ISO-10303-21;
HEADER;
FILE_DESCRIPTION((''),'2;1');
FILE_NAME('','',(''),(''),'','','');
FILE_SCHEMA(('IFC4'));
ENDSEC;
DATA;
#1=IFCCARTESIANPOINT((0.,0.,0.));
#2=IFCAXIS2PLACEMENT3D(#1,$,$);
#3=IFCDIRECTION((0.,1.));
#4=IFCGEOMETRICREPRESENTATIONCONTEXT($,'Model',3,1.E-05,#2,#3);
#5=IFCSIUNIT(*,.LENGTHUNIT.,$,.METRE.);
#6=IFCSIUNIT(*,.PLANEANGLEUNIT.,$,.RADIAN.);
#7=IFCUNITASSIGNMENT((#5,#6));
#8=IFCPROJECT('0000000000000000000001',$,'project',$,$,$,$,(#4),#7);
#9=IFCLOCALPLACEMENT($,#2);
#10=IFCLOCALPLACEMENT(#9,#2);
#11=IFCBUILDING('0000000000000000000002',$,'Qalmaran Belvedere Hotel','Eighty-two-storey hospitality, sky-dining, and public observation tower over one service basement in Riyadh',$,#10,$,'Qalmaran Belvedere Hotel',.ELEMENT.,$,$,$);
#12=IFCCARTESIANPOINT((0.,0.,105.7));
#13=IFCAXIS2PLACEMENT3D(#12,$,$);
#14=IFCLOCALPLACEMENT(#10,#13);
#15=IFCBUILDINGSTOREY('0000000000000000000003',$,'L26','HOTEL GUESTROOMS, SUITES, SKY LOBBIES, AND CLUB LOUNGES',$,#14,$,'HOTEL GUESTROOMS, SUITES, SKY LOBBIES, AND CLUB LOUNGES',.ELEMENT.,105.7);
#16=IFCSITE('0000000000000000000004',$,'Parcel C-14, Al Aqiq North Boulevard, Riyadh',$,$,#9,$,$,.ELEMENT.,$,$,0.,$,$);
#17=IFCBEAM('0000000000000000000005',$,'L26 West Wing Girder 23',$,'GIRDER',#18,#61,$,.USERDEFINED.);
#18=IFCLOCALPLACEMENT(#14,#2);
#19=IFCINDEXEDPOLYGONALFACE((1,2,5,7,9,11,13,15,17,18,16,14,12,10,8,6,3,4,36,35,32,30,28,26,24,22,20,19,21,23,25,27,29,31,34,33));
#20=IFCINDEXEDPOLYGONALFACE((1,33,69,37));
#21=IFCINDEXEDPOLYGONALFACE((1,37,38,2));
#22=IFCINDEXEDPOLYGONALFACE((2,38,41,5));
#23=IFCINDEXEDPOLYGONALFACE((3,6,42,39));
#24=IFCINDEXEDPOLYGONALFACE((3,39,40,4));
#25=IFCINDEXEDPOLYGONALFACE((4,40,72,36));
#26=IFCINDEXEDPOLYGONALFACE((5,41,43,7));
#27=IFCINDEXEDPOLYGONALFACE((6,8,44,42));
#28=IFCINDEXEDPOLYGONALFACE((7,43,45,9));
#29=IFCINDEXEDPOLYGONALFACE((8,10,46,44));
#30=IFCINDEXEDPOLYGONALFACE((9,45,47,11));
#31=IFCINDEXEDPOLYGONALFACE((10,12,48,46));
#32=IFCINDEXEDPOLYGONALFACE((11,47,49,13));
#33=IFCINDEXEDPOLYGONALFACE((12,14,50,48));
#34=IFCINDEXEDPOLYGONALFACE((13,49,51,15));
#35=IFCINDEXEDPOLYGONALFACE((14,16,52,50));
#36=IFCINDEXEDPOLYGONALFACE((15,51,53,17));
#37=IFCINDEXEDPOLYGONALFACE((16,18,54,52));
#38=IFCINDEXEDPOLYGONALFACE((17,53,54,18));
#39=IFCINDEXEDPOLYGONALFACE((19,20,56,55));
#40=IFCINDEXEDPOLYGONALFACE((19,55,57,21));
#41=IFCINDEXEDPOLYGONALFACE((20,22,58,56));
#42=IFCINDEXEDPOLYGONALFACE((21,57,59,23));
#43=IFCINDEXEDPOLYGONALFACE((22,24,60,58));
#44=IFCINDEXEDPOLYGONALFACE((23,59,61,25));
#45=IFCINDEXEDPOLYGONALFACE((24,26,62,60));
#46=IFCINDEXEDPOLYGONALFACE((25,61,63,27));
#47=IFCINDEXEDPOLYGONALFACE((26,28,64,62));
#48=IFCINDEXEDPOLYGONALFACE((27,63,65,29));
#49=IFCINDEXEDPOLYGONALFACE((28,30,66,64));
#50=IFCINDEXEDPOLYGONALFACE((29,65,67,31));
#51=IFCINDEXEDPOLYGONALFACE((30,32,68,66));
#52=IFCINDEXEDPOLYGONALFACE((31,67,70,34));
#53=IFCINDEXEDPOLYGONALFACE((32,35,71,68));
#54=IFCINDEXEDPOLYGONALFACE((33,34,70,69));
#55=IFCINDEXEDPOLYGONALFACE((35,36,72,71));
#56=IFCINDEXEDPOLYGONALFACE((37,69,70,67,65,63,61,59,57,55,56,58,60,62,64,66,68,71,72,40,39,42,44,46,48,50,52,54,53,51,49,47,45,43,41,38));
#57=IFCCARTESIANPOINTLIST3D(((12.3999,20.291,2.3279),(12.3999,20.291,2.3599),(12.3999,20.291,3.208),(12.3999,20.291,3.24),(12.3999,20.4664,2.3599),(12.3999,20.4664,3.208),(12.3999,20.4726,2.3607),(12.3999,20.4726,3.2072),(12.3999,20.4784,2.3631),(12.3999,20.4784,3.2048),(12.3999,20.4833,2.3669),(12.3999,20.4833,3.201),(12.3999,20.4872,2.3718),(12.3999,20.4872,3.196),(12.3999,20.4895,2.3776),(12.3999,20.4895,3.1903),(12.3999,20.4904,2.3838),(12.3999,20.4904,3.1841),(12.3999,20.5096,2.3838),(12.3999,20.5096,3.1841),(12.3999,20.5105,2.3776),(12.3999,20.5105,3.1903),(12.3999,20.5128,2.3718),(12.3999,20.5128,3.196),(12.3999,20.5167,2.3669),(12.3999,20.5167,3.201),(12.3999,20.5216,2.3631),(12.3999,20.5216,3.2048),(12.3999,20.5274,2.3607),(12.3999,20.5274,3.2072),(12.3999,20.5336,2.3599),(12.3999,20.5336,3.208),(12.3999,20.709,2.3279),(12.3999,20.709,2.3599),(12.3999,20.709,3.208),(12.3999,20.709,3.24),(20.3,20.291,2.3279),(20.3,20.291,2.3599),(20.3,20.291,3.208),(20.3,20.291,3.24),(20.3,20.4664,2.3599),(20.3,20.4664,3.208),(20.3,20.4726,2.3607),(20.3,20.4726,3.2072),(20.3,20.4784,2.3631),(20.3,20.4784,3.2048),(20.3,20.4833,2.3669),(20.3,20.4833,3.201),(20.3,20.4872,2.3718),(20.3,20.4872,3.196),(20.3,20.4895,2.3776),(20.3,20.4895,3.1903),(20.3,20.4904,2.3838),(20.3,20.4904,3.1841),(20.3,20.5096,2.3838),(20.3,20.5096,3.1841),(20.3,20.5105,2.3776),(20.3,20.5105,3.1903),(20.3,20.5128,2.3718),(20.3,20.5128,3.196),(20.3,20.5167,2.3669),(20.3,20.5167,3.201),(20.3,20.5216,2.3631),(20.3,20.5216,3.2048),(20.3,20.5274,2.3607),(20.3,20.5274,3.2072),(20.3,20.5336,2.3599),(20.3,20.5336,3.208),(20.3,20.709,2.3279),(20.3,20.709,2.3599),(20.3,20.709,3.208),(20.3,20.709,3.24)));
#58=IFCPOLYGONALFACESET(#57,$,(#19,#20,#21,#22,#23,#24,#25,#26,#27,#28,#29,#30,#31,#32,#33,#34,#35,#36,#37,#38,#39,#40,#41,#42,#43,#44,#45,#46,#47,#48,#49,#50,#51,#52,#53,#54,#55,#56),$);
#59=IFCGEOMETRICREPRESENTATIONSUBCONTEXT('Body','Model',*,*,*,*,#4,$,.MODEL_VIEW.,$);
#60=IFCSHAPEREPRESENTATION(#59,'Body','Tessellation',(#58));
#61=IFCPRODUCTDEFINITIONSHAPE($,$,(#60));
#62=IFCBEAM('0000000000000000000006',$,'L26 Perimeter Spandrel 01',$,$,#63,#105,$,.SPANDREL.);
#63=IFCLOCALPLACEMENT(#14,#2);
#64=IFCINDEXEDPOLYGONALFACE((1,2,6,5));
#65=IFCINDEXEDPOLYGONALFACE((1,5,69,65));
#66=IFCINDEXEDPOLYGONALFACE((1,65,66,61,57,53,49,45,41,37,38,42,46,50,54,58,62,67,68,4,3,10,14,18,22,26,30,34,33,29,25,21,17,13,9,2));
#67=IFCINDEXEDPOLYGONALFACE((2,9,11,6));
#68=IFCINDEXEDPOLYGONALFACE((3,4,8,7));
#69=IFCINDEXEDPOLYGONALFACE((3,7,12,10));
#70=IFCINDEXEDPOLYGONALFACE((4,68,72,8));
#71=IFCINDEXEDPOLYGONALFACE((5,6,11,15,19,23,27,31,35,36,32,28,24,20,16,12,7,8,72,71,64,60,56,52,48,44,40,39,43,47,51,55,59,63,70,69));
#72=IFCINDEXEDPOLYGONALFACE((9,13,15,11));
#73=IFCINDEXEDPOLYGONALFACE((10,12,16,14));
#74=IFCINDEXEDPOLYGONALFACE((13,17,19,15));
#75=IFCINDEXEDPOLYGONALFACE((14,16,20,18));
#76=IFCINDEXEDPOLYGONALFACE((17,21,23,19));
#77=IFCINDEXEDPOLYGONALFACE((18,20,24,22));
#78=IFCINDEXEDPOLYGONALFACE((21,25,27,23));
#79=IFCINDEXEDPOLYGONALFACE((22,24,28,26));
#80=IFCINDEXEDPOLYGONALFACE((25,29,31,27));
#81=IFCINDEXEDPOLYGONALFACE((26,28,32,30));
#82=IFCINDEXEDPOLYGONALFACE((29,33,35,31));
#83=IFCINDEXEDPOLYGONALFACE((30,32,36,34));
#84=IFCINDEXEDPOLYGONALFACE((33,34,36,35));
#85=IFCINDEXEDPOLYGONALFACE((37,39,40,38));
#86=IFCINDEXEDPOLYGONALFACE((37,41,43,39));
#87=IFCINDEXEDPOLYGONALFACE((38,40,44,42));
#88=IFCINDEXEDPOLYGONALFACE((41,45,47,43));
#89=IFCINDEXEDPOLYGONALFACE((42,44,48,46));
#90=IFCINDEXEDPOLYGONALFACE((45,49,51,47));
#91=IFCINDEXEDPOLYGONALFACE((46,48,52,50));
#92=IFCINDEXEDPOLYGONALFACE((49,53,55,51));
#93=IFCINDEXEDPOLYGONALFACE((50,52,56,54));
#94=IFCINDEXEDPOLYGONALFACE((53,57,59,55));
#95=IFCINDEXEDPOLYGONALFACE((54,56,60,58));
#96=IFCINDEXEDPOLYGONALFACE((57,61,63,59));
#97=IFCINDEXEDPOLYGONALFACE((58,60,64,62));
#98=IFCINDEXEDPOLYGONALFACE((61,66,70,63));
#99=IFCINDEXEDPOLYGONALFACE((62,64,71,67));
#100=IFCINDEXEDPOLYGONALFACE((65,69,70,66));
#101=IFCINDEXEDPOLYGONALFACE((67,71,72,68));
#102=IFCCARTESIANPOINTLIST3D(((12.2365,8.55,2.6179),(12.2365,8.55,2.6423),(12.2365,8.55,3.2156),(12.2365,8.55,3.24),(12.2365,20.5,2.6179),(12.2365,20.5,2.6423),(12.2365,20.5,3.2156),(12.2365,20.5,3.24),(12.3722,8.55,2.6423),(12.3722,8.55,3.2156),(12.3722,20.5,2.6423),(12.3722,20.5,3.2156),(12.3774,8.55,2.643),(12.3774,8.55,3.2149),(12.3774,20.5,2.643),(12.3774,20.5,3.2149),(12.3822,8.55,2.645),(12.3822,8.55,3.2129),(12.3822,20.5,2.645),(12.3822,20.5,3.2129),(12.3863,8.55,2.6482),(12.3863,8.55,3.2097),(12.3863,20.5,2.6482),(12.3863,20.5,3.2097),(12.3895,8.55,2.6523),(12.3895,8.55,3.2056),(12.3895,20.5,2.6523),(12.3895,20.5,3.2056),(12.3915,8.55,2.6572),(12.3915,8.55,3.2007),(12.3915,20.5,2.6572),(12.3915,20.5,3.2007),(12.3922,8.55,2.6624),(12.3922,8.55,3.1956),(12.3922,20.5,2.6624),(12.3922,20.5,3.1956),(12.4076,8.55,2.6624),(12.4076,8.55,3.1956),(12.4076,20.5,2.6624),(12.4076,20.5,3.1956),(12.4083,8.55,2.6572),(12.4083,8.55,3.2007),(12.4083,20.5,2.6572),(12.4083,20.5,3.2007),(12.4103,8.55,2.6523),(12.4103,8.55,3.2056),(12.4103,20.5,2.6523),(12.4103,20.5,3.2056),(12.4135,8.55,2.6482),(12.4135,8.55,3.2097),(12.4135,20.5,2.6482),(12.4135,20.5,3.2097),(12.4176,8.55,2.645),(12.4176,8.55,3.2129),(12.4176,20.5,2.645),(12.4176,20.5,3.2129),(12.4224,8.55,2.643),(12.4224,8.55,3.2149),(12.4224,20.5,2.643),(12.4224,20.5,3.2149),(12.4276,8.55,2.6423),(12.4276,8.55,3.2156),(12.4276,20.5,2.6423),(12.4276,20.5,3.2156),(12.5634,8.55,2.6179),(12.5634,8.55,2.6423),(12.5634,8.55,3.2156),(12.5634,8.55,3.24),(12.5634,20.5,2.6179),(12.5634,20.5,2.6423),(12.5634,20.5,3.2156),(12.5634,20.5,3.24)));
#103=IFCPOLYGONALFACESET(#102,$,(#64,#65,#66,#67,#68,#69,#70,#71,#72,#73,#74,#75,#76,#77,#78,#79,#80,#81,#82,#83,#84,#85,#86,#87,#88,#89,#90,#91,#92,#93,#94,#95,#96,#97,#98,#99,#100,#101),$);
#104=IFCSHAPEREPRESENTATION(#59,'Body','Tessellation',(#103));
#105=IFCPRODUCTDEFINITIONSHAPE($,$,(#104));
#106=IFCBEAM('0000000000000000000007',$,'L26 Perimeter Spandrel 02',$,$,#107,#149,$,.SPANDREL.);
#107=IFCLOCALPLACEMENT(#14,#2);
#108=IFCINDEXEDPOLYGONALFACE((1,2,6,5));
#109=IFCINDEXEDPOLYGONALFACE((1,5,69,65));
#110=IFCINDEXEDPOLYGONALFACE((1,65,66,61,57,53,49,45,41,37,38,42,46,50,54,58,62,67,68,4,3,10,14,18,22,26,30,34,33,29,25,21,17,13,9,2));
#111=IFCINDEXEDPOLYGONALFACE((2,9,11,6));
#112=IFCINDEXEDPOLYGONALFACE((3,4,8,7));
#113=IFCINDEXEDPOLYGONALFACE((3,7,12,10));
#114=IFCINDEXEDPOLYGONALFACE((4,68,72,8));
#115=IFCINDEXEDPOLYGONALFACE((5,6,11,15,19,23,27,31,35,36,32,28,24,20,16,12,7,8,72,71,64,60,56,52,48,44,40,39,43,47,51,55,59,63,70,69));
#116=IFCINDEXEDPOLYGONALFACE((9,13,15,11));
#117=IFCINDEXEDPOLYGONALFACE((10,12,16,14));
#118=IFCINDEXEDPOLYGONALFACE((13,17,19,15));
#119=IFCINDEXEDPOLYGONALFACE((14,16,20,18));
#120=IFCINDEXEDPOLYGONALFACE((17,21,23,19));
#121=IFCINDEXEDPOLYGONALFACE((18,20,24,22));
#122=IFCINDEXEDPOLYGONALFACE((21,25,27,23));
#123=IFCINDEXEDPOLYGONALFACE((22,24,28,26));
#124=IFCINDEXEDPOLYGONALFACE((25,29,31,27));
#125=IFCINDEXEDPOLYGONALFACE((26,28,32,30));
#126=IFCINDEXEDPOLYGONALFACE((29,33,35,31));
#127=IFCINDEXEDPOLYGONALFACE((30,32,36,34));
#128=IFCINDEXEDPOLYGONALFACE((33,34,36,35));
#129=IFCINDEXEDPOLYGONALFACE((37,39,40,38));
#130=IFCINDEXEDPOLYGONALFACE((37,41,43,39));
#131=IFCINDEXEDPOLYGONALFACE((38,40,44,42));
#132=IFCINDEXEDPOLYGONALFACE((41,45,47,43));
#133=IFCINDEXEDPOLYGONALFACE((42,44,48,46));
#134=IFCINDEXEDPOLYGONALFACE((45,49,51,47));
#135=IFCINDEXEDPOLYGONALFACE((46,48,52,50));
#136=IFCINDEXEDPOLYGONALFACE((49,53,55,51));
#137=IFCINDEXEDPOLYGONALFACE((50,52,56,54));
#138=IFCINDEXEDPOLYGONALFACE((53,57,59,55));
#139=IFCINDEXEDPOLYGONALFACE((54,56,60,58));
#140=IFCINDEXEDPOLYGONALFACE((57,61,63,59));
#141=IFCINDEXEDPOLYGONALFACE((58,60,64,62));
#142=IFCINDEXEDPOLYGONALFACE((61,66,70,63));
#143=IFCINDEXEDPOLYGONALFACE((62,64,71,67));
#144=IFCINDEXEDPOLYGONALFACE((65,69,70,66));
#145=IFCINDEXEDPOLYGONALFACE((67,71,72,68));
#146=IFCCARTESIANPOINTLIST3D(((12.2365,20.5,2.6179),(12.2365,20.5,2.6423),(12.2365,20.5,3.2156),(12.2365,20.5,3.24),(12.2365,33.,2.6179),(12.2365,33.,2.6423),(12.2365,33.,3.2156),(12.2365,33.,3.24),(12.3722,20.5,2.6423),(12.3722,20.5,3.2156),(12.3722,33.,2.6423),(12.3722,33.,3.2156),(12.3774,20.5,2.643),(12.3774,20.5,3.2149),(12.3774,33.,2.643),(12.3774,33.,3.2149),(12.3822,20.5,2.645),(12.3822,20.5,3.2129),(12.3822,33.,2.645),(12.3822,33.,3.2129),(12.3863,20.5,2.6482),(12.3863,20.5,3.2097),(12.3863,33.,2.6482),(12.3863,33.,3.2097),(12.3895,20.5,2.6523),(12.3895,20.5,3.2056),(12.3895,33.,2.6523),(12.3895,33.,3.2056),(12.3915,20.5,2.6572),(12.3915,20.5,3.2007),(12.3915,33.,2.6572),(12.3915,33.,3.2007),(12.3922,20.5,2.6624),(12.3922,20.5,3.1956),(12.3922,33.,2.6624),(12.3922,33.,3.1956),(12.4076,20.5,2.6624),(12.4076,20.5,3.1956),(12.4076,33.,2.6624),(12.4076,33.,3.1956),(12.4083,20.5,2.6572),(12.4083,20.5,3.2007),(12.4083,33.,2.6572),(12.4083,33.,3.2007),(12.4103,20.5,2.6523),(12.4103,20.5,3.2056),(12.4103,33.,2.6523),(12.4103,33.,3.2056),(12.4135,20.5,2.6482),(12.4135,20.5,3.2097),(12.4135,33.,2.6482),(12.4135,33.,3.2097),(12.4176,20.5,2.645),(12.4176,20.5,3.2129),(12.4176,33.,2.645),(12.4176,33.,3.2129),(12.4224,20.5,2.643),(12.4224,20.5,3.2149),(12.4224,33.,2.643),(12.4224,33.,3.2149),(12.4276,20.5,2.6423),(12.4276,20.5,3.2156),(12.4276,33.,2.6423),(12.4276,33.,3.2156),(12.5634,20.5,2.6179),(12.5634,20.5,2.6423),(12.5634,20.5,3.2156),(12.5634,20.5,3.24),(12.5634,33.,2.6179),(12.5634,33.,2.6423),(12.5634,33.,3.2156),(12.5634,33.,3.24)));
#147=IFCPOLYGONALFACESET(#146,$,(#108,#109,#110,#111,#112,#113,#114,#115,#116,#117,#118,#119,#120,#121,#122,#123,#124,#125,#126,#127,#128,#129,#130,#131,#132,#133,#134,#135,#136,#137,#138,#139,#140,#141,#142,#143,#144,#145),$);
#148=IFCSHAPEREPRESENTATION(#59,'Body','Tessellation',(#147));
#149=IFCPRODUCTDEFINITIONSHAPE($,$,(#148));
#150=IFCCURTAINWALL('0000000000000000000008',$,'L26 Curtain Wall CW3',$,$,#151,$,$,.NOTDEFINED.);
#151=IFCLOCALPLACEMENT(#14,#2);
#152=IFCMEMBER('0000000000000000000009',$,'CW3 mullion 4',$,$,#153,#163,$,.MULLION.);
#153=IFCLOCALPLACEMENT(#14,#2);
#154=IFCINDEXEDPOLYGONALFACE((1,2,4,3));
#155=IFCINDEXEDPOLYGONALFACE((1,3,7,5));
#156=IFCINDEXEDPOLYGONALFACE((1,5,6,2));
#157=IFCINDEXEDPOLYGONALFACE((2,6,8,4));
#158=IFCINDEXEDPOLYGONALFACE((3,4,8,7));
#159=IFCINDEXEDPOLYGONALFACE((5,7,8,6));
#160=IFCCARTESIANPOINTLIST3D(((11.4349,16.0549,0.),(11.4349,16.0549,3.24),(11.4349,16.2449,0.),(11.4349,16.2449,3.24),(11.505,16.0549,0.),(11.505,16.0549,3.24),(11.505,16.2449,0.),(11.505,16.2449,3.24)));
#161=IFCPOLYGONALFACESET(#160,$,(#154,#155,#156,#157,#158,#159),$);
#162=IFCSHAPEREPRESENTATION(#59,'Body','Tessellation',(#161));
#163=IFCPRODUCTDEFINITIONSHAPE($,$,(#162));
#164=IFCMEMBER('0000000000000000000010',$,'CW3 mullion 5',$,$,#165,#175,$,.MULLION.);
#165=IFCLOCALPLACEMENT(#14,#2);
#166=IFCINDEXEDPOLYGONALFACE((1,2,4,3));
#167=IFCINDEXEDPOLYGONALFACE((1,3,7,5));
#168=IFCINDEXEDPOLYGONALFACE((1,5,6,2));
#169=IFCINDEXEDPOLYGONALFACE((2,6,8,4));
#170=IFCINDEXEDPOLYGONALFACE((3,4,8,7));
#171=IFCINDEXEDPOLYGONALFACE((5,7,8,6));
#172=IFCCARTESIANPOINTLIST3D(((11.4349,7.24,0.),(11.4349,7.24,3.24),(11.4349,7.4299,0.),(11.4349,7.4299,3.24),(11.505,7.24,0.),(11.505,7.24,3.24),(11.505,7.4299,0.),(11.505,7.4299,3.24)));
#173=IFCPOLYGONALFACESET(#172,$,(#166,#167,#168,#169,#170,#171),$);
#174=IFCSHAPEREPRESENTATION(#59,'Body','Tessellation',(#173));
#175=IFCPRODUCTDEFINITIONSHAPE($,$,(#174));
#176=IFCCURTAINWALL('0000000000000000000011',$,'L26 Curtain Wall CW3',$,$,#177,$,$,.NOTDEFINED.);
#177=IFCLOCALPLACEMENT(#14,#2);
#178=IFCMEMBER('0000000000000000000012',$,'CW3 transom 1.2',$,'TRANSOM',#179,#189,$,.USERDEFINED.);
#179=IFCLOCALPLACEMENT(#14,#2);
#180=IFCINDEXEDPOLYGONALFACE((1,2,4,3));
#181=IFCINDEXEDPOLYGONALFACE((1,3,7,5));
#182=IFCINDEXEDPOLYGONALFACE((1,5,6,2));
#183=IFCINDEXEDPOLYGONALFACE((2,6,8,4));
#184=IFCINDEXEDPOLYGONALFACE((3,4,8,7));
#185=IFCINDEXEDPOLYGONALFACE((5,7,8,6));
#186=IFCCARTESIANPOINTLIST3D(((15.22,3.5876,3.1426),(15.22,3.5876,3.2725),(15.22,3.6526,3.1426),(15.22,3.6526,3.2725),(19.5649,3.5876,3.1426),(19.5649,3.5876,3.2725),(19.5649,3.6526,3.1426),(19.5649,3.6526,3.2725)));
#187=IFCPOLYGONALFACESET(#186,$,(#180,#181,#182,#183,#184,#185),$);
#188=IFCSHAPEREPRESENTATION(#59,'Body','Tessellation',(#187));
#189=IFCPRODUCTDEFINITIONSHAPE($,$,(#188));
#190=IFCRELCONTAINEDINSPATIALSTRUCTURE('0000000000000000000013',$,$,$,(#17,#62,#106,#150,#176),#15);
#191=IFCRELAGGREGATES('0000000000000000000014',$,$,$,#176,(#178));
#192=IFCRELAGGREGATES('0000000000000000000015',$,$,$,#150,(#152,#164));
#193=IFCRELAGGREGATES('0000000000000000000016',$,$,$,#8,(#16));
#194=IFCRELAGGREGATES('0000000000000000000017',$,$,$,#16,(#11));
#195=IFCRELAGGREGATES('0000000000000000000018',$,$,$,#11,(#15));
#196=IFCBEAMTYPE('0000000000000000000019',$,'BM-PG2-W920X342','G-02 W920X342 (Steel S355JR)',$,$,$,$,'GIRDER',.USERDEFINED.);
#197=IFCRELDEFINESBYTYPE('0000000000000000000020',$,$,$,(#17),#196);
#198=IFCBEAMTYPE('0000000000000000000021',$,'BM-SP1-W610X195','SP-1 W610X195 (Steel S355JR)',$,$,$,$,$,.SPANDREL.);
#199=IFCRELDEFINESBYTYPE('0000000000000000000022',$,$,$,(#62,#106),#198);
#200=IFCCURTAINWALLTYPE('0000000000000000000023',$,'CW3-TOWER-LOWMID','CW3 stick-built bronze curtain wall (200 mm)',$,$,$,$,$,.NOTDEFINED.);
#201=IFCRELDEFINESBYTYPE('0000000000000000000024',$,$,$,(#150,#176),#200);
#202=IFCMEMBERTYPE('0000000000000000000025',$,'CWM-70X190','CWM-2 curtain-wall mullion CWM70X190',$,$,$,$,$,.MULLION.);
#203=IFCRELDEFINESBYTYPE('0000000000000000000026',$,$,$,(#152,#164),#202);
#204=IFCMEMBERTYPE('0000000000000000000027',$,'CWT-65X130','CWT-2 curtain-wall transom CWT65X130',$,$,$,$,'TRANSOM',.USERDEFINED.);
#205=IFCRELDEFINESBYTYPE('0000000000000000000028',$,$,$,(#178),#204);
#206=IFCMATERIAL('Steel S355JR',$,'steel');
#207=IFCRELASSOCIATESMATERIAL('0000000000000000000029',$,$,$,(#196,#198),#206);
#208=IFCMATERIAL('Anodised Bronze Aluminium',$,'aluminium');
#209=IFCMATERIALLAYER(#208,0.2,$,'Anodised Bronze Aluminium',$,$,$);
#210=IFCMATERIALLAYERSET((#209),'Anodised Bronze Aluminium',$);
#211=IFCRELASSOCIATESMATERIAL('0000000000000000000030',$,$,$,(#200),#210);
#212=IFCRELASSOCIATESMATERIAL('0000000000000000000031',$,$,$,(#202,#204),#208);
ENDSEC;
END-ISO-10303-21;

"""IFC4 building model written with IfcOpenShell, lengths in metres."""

from ifc_helpers import new_model, si_unit, direction, frame, origin, origin_2d, place, context, subcontext, project, spatial, rectangle, i_section, extrude, material, layer, layer_set, material_profile, profile_set, type_object, element, aggregate, save


model = new_model("IFC4")

# Units and contexts
model_context = context("Model", 3, precision=1e-05, world=origin(), true_north=direction((0.0, 1.0)))
body_context = subcontext(model_context, "Body", "Model", "MODEL_VIEW")
ifc_project = project(units=[si_unit("LENGTHUNIT", "METRE"), si_unit("PLANEANGLEUNIT", "RADIAN")], contexts=[model_context])

# Site, building, storey
site_placement = place(None, origin())
site = spatial("IfcSite", under=ifc_project, at=site_placement, Name="Parcel C-14, Al Aqiq North Boulevard, Riyadh", CompositionType="ELEMENT", RefElevation=0.0)
building_placement = place(site_placement, origin())
building = spatial("IfcBuilding", under=site, at=building_placement, Name="Qalmaran Belvedere Hotel", Description="Eighty-two-storey hospitality, sky-dining, and public observation tower over one service basement in Riyadh", LongName="Qalmaran Belvedere Hotel", CompositionType="ELEMENT")
storey_placement = place(building_placement, frame((0.0, 0.0, 105.7)))
storey = spatial("IfcBuildingStorey", under=building, at=storey_placement, Name="L26", Description="HOTEL GUESTROOMS, SUITES, SKY LOBBIES, AND CLUB LOUNGES", LongName="HOTEL GUESTROOMS, SUITES, SKY LOBBIES, AND CLUB LOUNGES", CompositionType="ELEMENT", Elevation=105.7)

# Beams
ifc_material_1 = material(Name="Steel S355JR", Category="steel")
ifc_material_profile_1 = material_profile(ifc_material_1, i_section(OverallWidth=0.418, OverallDepth=0.9121, WebThickness=0.0193, FlangeThickness=0.032, FilletRadius=0.0239, at=origin_2d()), Name="W920X342")
ifc_profile_set_1 = profile_set([ifc_material_profile_1], Name="Steel S355JR")
beam_type_1 = type_object("IfcBeamType", Name="BM-PG2-W920X342", Description="G-02 W920X342 (Steel S355JR)", ElementType="GIRDER", PredefinedType="USERDEFINED", material=ifc_profile_set_1)
for number, where, z_axis, x_axis, name in (
    (1, (12.3999, 20.5, 2.7839), (1.0, 0.0, 0.0), (0.0, 1.0, 0.0), "L26 West Wing Girder 23"),
):
    element("IfcBeam", number, at=place(storey_placement, frame(where, z_axis=z_axis, x_axis=x_axis)), inside=storey, type_object=beam_type_1, Name=name, ObjectType="GIRDER", PredefinedType="USERDEFINED", context=body_context, shape_type="SweptSolid", body=[
        extrude(i_section(OverallWidth=0.418, OverallDepth=0.9121, WebThickness=0.0193, FlangeThickness=0.032, FilletRadius=0.0239, at=origin_2d()), origin(), (0.0, 0.0, 1.0), 7.9001),
    ])
ifc_material_profile_2 = material_profile(ifc_material_1, i_section(OverallWidth=0.3269, OverallDepth=0.6221, WebThickness=0.0154, FlangeThickness=0.0244, FilletRadius=0.02, at=origin_2d()), Name="W610X195")
ifc_profile_set_2 = profile_set([ifc_material_profile_2], Name="Steel S355JR")
beam_type_2 = type_object("IfcBeamType", Name="BM-SP1-W610X195", Description="SP-1 W610X195 (Steel S355JR)", PredefinedType="SPANDREL", material=ifc_profile_set_2)
beam_1_placement = place(storey_placement, frame((12.3999, 8.55, 2.929), z_axis=(0.0, 1.0, 0.0), x_axis=(-1.0, 0.0, 0.0)))
element("IfcBeam", 2, at=beam_1_placement, inside=storey, type_object=beam_type_2, Name="L26 Perimeter Spandrel 01", PredefinedType="SPANDREL", context=body_context, shape_type="SweptSolid", body=[
    extrude(i_section(OverallWidth=0.3269, OverallDepth=0.6221, WebThickness=0.0154, FlangeThickness=0.0244, FilletRadius=0.02, at=origin_2d()), origin(), (0.0, 0.0, 1.0), 11.95),
])
beam_2_placement = place(storey_placement, frame((12.3999, 20.5, 2.929), z_axis=(0.0, 1.0, 0.0), x_axis=(-1.0, 0.0, 0.0)))
element("IfcBeam", 3, at=beam_2_placement, inside=storey, type_object=beam_type_2, Name="L26 Perimeter Spandrel 02", PredefinedType="SPANDREL", context=body_context, shape_type="SweptSolid", body=[
    extrude(i_section(OverallWidth=0.3269, OverallDepth=0.6221, WebThickness=0.0154, FlangeThickness=0.0244, FilletRadius=0.02, at=origin_2d()), origin(), (0.0, 0.0, 1.0), 12.5),
])

# Curtain wall, members
ifc_material_2 = material(Name="Anodised Bronze Aluminium", Category="aluminium")
ifc_layer_1 = layer(ifc_material_2, 0.2, Name="Anodised Bronze Aluminium")
ifc_layer_set_1 = layer_set([ifc_layer_1], Name="Anodised Bronze Aluminium")
curtain_wall_type = type_object("IfcCurtainWallType", Name="CW3-TOWER-LOWMID", Description="CW3 stick-built bronze curtain wall (200 mm)", PredefinedType="NOTDEFINED", material=ifc_layer_set_1)
curtain_wall_1_placement = place(storey_placement, origin())
curtain_wall_1 = element("IfcCurtainWall", 4, at=curtain_wall_1_placement, inside=storey, type_object=curtain_wall_type, Name="L26 Curtain Wall CW3", PredefinedType="NOTDEFINED")
ifc_material_profile_3 = material_profile(ifc_material_2, rectangle(XDim=0.0701, YDim=0.1899, at=origin_2d()), Name="CWM70X190")
ifc_profile_set_3 = profile_set([ifc_material_profile_3], Name="Anodised Bronze Aluminium")
member_type_1 = type_object("IfcMemberType", Name="CWM-70X190", Description="CWM-2 curtain-wall mullion CWM70X190", PredefinedType="MULLION", material=ifc_profile_set_3)
member_1_placement = place(storey_placement, frame((11.47, 16.1499, 0.0), z_axis=(0.0, 0.0, 1.0), x_axis=(1.0, 0.0, 0.0)))
member_1 = element("IfcMember", 5, at=member_1_placement, type_object=member_type_1, Name="CW3 mullion 4", PredefinedType="MULLION", context=body_context, shape_type="SweptSolid", body=[
    extrude(rectangle(XDim=0.0701, YDim=0.1899, at=origin_2d()), origin(), (0.0, 0.0, 1.0), 3.24),
])
member_2_placement = place(storey_placement, frame((11.47, 7.335, 0.0), z_axis=(0.0, 0.0, 1.0), x_axis=(1.0, 0.0, 0.0)))
member_2 = element("IfcMember", 6, at=member_2_placement, type_object=member_type_1, Name="CW3 mullion 5", PredefinedType="MULLION", context=body_context, shape_type="SweptSolid", body=[
    extrude(rectangle(XDim=0.0701, YDim=0.1899, at=origin_2d()), origin(), (0.0, 0.0, 1.0), 3.24),
])

# Curtain wall, member
curtain_wall_2_placement = place(storey_placement, origin())
curtain_wall_2 = element("IfcCurtainWall", 7, at=curtain_wall_2_placement, inside=storey, type_object=curtain_wall_type, Name="L26 Curtain Wall CW3", PredefinedType="NOTDEFINED")
ifc_material_profile_4 = material_profile(ifc_material_2, rectangle(XDim=0.0649, YDim=0.1299, at=origin_2d()), Name="CWT65X130")
ifc_profile_set_4 = profile_set([ifc_material_profile_4], Name="Anodised Bronze Aluminium")
member_type_2 = type_object("IfcMemberType", Name="CWT-65X130", Description="CWT-2 curtain-wall transom CWT65X130", ElementType="TRANSOM", PredefinedType="USERDEFINED", material=ifc_profile_set_4)
member_3_placement = place(storey_placement, frame((15.22, 3.6201, 3.2075), z_axis=(1.0, 0.0, 0.0), x_axis=(0.0, 1.0, 0.0)))
member_3 = element("IfcMember", 8, at=member_3_placement, type_object=member_type_2, Name="CW3 transom 1.2", ObjectType="TRANSOM", PredefinedType="USERDEFINED", context=body_context, shape_type="SweptSolid", body=[
    extrude(rectangle(XDim=0.0649, YDim=0.1299, at=origin_2d()), origin(), (0.0, 0.0, 1.0), 4.345),
])
aggregate(curtain_wall_2, [member_3])

aggregate(curtain_wall_1, [member_1, member_2])

save(model, "model.ifc")
